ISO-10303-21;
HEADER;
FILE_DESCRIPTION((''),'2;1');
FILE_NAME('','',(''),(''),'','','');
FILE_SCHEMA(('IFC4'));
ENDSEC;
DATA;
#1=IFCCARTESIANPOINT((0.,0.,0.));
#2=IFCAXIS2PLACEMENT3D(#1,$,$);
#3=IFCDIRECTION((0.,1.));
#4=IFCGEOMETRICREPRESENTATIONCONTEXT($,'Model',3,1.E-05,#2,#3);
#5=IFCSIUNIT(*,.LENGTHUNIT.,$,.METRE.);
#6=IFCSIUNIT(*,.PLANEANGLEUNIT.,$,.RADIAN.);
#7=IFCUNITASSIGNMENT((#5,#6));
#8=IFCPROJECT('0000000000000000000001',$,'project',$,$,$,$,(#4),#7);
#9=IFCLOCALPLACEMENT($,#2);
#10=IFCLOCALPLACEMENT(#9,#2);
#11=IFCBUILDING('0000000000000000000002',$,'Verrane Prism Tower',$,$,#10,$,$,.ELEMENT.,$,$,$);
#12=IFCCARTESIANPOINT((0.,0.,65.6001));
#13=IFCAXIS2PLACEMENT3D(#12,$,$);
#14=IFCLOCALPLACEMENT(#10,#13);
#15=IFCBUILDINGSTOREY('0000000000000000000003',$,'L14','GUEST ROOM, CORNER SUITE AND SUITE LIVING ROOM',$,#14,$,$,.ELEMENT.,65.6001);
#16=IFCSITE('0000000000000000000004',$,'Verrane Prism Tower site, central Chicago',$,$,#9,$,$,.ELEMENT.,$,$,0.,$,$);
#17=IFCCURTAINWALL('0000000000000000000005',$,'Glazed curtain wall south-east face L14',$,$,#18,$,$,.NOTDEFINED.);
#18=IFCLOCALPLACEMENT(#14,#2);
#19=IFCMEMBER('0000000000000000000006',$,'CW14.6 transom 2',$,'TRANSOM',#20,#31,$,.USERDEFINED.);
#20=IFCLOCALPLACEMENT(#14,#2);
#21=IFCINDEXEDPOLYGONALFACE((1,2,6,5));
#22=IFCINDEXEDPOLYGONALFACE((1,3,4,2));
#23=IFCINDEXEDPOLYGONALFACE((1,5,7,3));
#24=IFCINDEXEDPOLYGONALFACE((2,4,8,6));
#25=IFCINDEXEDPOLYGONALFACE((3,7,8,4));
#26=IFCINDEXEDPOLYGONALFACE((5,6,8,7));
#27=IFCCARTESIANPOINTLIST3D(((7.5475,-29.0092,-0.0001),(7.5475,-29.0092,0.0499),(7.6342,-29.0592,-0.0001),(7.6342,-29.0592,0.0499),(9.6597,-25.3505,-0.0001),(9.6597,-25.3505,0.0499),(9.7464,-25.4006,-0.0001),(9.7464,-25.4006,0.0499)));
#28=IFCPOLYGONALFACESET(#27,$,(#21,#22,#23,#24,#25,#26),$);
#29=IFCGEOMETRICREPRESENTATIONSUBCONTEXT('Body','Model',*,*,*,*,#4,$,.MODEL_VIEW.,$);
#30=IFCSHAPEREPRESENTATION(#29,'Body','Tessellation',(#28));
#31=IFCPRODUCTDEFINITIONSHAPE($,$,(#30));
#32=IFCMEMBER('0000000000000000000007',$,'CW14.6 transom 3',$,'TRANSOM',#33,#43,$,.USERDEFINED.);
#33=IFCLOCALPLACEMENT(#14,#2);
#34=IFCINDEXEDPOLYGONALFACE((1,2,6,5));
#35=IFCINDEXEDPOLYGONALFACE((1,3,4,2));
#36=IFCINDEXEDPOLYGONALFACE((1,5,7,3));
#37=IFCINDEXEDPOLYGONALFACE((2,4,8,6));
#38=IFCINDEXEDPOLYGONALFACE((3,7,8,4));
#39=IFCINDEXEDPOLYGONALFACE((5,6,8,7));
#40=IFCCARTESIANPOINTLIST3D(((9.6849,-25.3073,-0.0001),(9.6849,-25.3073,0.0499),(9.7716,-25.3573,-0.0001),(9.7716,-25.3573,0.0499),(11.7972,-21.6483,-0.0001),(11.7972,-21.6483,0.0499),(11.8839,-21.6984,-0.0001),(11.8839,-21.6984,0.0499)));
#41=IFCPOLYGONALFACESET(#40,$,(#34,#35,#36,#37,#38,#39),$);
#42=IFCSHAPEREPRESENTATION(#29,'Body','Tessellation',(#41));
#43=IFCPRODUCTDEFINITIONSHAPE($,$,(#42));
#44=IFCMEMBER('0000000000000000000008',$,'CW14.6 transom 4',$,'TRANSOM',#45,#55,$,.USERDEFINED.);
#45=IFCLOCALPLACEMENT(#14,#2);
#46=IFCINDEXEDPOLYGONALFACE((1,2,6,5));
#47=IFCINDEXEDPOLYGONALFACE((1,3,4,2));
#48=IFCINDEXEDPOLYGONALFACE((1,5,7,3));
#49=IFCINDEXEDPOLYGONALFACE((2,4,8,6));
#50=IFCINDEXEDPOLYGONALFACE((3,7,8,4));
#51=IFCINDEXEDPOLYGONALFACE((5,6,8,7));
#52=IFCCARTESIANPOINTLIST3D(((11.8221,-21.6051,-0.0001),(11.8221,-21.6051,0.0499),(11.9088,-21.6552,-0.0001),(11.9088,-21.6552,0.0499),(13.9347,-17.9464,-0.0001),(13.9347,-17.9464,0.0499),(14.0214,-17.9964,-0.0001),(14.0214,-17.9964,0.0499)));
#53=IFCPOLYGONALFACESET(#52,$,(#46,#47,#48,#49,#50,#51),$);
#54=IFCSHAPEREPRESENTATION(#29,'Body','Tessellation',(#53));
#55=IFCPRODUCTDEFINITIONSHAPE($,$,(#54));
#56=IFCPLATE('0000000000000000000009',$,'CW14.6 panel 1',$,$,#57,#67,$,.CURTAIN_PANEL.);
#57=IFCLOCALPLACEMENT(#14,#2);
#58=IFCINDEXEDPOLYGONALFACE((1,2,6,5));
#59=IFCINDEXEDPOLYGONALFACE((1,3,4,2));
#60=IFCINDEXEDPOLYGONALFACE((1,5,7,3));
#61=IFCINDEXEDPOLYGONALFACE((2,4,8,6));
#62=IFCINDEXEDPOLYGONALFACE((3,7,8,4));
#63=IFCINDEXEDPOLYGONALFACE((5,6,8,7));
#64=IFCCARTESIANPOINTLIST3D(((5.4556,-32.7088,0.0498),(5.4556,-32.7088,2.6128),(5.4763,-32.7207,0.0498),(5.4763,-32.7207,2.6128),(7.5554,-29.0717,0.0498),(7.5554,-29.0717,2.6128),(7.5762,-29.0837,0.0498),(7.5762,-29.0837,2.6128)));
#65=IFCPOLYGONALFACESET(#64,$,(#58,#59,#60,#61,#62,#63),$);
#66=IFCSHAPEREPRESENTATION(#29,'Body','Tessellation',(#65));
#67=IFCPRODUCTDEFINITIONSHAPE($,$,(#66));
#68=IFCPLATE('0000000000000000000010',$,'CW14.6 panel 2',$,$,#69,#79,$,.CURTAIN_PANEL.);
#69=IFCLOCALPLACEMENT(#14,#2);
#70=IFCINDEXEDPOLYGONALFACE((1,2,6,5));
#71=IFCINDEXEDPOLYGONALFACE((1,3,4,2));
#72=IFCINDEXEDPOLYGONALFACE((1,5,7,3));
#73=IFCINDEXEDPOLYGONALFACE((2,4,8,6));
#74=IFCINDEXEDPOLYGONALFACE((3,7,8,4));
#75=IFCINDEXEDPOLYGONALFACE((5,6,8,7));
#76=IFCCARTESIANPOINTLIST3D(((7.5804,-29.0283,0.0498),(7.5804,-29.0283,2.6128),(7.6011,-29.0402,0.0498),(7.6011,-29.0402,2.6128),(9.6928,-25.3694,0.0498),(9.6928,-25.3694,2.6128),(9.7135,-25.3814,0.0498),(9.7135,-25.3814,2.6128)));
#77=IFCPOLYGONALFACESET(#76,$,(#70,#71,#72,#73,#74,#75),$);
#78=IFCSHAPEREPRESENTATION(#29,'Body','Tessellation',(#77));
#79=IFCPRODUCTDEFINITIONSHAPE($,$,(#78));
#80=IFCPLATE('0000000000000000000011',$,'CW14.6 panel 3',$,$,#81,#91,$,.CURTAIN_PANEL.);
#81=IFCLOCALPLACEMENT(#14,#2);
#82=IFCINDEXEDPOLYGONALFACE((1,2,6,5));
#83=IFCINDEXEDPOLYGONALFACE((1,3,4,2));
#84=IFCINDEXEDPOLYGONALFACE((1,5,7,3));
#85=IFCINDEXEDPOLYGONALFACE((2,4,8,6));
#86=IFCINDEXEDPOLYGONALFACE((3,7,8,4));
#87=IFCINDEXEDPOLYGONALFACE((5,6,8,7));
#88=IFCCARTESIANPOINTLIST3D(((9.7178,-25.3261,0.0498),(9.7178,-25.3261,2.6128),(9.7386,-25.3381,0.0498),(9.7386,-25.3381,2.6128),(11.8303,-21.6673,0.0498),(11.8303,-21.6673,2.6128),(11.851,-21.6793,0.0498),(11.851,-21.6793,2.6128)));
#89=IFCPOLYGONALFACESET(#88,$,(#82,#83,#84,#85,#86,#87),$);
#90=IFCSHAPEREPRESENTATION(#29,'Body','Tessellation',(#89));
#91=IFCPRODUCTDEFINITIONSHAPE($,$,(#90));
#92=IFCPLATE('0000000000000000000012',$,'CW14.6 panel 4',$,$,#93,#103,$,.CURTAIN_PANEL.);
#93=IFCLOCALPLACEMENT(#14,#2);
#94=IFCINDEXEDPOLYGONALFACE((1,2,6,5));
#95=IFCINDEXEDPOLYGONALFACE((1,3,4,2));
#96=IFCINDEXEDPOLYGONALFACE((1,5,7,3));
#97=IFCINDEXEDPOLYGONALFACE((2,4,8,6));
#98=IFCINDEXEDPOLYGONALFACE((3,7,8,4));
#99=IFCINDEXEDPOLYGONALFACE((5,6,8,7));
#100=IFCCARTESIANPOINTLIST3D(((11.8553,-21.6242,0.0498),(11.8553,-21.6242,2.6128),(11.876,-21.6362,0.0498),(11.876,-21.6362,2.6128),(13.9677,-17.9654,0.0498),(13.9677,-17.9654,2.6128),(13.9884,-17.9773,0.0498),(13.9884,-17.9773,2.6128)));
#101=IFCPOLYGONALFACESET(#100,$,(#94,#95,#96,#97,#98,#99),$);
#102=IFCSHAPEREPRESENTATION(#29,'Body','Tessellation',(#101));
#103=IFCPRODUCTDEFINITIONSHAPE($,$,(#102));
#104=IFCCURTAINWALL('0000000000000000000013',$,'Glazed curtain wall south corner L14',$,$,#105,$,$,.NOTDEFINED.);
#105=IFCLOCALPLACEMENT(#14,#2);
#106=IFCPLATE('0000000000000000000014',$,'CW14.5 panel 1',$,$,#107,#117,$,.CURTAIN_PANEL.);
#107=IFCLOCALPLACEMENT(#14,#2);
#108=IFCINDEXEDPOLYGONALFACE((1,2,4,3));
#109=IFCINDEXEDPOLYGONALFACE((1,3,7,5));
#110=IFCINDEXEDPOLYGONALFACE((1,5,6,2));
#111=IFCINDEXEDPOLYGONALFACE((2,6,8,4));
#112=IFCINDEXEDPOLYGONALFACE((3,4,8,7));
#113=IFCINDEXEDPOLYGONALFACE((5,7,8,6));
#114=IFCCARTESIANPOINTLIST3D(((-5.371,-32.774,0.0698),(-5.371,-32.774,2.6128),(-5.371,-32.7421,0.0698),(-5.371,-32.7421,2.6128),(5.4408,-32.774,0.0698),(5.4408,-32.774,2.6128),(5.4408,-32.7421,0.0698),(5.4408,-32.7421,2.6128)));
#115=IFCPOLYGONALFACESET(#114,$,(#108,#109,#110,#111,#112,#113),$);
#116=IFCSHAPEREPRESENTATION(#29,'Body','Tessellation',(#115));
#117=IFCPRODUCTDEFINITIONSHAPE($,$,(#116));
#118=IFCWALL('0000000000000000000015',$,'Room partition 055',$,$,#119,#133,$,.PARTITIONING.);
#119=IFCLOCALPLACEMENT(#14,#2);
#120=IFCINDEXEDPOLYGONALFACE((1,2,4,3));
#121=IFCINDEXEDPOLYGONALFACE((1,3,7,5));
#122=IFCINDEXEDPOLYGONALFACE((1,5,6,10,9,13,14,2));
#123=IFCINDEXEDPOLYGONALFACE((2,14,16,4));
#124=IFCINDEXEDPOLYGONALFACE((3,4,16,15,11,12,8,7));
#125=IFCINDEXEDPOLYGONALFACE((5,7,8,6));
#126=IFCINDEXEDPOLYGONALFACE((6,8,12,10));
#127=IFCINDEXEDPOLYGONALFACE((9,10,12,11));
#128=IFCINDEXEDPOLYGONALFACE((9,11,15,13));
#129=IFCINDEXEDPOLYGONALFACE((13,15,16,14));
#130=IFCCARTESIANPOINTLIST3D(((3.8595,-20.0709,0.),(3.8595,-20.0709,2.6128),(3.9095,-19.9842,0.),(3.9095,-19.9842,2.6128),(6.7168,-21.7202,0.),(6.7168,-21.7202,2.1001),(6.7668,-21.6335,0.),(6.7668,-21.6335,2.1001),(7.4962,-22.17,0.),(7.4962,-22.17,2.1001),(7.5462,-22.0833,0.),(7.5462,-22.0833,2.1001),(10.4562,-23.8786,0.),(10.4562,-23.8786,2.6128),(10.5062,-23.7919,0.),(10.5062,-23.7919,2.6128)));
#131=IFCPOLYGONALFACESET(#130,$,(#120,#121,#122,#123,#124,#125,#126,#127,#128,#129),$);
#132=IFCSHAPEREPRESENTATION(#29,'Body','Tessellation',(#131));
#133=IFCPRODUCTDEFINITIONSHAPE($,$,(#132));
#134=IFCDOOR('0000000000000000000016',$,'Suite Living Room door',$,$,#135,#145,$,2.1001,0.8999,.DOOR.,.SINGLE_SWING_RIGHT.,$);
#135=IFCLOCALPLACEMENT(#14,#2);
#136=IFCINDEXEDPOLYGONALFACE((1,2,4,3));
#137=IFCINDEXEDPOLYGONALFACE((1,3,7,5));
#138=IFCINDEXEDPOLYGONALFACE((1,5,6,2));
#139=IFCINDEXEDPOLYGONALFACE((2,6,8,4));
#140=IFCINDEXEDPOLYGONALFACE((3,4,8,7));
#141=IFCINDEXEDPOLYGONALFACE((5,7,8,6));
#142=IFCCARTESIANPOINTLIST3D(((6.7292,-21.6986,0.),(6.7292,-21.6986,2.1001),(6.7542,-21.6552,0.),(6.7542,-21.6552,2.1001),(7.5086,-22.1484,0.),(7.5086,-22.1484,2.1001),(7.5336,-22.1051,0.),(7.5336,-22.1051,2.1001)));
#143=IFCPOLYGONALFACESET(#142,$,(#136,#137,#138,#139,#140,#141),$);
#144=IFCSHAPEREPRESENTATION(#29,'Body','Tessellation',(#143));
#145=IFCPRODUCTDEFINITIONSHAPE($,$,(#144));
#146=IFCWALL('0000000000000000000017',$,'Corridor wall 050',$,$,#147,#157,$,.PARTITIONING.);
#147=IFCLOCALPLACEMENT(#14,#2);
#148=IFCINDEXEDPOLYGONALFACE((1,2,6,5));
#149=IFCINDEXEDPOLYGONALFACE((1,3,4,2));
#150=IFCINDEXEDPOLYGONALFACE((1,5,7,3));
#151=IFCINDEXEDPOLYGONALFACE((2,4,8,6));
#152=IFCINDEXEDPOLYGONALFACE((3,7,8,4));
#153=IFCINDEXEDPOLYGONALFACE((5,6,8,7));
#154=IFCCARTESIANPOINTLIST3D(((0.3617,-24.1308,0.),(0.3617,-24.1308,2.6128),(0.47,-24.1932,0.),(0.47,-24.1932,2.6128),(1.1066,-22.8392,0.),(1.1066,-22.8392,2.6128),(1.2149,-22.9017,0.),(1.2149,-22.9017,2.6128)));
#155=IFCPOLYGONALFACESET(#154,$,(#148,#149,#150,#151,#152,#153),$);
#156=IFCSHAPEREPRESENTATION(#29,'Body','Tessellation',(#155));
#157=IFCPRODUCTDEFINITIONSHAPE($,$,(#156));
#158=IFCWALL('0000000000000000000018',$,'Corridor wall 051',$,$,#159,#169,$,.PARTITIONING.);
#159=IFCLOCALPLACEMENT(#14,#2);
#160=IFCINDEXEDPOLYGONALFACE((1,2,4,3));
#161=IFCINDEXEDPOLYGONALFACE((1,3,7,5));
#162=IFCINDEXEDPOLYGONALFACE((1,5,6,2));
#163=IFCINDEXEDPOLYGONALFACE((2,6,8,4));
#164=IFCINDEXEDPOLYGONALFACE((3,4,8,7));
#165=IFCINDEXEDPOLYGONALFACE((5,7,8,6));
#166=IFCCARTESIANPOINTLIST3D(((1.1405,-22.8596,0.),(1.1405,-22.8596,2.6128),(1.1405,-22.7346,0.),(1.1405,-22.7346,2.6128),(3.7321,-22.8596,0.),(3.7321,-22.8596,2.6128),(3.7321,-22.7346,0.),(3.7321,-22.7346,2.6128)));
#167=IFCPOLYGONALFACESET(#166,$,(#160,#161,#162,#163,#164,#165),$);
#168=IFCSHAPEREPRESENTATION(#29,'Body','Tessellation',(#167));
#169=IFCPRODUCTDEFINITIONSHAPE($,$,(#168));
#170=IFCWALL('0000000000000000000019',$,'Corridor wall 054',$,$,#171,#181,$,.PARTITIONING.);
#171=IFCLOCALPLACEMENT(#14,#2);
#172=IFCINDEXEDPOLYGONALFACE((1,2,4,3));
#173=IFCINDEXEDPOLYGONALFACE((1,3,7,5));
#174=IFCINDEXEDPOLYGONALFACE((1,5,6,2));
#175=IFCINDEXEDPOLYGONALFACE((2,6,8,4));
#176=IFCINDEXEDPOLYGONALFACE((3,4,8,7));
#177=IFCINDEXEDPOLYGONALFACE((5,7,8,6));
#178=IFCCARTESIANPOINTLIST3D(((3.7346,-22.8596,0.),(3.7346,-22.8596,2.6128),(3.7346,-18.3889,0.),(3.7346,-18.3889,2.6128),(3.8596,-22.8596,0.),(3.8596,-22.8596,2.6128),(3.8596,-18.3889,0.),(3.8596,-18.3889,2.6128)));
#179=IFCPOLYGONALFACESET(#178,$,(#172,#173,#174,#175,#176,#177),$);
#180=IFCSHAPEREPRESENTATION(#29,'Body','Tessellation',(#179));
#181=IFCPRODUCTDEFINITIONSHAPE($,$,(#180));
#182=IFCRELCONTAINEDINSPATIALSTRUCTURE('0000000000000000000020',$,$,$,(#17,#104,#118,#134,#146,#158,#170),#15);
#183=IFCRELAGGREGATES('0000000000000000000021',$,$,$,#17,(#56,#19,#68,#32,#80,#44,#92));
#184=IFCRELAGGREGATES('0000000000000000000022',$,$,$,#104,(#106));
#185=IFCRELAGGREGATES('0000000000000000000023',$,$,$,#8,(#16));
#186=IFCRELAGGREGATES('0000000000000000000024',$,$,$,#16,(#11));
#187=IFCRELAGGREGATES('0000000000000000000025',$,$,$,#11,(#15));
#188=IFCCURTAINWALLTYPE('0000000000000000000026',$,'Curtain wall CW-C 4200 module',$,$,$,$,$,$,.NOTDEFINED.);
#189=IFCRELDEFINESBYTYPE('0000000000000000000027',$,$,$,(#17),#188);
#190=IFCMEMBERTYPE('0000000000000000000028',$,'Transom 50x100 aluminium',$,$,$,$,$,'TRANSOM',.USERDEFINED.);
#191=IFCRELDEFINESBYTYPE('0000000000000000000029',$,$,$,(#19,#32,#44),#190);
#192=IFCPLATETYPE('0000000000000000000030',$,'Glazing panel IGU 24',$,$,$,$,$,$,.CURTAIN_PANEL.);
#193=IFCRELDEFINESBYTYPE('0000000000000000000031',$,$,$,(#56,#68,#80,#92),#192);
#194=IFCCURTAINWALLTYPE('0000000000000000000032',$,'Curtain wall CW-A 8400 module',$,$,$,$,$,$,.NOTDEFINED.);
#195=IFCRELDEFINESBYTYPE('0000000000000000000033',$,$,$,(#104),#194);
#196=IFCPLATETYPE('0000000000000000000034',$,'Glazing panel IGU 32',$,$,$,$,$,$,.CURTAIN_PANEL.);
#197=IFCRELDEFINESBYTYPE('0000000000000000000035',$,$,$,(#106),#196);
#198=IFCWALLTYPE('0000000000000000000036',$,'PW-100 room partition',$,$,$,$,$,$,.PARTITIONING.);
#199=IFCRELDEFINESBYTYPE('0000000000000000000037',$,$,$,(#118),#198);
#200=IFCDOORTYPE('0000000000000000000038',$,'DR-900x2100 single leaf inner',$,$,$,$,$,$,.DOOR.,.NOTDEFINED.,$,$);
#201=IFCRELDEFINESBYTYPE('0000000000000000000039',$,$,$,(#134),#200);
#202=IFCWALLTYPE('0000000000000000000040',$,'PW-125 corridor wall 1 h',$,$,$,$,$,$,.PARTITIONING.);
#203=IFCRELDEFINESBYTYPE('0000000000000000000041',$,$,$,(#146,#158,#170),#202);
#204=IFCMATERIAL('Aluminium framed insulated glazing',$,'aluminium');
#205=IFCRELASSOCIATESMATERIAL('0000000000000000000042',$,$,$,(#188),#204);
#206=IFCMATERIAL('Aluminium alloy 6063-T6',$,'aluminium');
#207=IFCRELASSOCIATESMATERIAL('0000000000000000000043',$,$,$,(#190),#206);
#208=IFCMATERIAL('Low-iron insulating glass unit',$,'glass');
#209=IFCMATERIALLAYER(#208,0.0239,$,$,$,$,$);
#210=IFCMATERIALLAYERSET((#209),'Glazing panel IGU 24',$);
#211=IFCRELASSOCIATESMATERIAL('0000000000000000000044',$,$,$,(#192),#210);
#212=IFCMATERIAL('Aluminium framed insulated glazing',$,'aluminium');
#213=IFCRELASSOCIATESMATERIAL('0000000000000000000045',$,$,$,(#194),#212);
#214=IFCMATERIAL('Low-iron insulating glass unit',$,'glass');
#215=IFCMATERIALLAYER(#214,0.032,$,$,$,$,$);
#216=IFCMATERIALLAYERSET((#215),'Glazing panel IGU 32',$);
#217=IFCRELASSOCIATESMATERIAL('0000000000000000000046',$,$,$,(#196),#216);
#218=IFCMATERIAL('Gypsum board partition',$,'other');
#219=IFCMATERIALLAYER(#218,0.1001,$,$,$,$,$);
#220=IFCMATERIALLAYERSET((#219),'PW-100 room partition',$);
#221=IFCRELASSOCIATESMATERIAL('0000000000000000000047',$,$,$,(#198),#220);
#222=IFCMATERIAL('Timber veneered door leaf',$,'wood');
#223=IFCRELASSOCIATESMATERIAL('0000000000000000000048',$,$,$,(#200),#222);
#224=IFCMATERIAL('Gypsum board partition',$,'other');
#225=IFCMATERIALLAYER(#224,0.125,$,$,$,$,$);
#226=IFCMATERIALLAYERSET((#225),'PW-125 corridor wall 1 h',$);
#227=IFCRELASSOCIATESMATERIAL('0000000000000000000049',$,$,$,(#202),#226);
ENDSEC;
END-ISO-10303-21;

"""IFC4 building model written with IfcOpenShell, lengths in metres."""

from ifc_helpers import new_model, si_unit, direction, frame, frame_2d, origin, origin_2d, place, context, subcontext, project, spatial, rectangle, extrude, material, layer, layer_set, material_profile, profile_set, type_object, element, fill, aggregate, save


model = new_model("IFC4")

# Units and contexts
model_context = context("Model", 3, precision=1e-05, world=origin(), true_north=direction((0.0, 1.0)))
body_context = subcontext(model_context, "Body", "Model", "MODEL_VIEW")
ifc_project = project(units=[si_unit("LENGTHUNIT", "METRE"), si_unit("PLANEANGLEUNIT", "RADIAN")], contexts=[model_context])

# Site, building, storey
site_placement = place(None, origin())
site = spatial("IfcSite", under=ifc_project, at=site_placement, Name="Verrane Prism Tower site, central Chicago", CompositionType="ELEMENT", RefElevation=0.0)
building_placement = place(site_placement, origin())
building = spatial("IfcBuilding", under=site, at=building_placement, Name="Verrane Prism Tower", CompositionType="ELEMENT")
storey_placement = place(building_placement, frame((0.0, 0.0, 65.6001)))
storey = spatial("IfcBuildingStorey", under=building, at=storey_placement, Name="L14", Description="GUEST ROOM, CORNER SUITE AND SUITE LIVING ROOM", CompositionType="ELEMENT", Elevation=65.6001)

# Curtain wall
ifc_material_1 = material(Name="Aluminium framed insulated glazing", Category="aluminium")
curtain_wall_type_1 = type_object("IfcCurtainWallType", Name="Curtain wall CW-C 4200 module", PredefinedType="NOTDEFINED", material=ifc_material_1)
curtain_wall_1_placement = place(storey_placement, origin())
curtain_wall_1 = element("IfcCurtainWall", 1, at=curtain_wall_1_placement, inside=storey, type_object=curtain_wall_type_1, Name="Glazed curtain wall south-east face L14", PredefinedType="NOTDEFINED")

# Members
ifc_material_2 = material(Name="Aluminium alloy 6063-T6", Category="aluminium")
ifc_material_profile_1 = material_profile(ifc_material_2, rectangle(XDim=0.1001, YDim=0.05, at=origin_2d()), Name="Transom 50x100 aluminium")
ifc_profile_set_1 = profile_set([ifc_material_profile_1], Name="Aluminium alloy 6063-T6")
member_type_1 = type_object("IfcMemberType", Name="Transom 50x100 aluminium", ElementType="TRANSOM", PredefinedType="USERDEFINED", material=ifc_profile_set_1)
member_1_placement = place(storey_placement, frame((7.5908, -29.0342, 0.0249), z_axis=(0.499993, 0.86603, 0.0), x_axis=(-0.86603, 0.499993, 0.0)))
member_1 = element("IfcMember", 2, at=member_1_placement, type_object=member_type_1, Name="CW14.6 transom 2", ObjectType="TRANSOM", PredefinedType="USERDEFINED", context=body_context, shape_type="SweptSolid", body=[
    extrude(rectangle(XDim=0.1001, YDim=0.05, at=origin_2d()), origin(), (0.0, 0.0, 1.0), 4.2246),
])
member_2_placement = place(storey_placement, frame((9.7283, -25.3323, 0.0249), z_axis=(0.499968, 0.866044, 0.0), x_axis=(-0.866044, 0.499968, 0.0)))
member_2 = element("IfcMember", 3, at=member_2_placement, type_object=member_type_1, Name="CW14.6 transom 3", ObjectType="TRANSOM", PredefinedType="USERDEFINED", context=body_context, shape_type="SweptSolid", body=[
    extrude(rectangle(XDim=0.1001, YDim=0.05, at=origin_2d()), origin(), (0.0, 0.0, 1.0), 4.2249),
])
member_3_placement = place(storey_placement, frame((11.8655, -21.6301, 0.0249), z_axis=(0.500036, 0.866005, 0.0), x_axis=(-0.866005, 0.500036, 0.0)))
member_3 = element("IfcMember", 4, at=member_3_placement, type_object=member_type_1, Name="CW14.6 transom 4", ObjectType="TRANSOM", PredefinedType="USERDEFINED", context=body_context, shape_type="SweptSolid", body=[
    extrude(rectangle(XDim=0.1001, YDim=0.05, at=origin_2d()), origin(), (0.0, 0.0, 1.0), 4.2249),
])

# Plates
ifc_material_3 = material(Name="Low-iron insulating glass unit", Category="glass")
ifc_layer_1 = layer(ifc_material_3, 0.0239)
ifc_layer_set_1 = layer_set([ifc_layer_1], Name="Glazing panel IGU 24")
plate_type_1 = type_object("IfcPlateType", Name="Glazing panel IGU 24", PredefinedType="CURTAIN_PANEL", material=ifc_layer_set_1)
plate_1_placement = place(storey_placement, frame((6.5159, -30.8962, 0.0498), z_axis=(0.0, 0.0, 1.0), x_axis=(0.5, 0.866025, 0.0)))
plate_1 = element("IfcPlate", 5, at=plate_1_placement, type_object=plate_type_1, Name="CW14.6 panel 1", PredefinedType="CURTAIN_PANEL", context=body_context, shape_type="SweptSolid", body=[
    extrude(rectangle(XDim=4.1997, YDim=0.0239, at=origin_2d()), origin(), (0.0, 0.0, 1.0), 2.563),
])
plate_2_placement = place(storey_placement, frame((8.647, -27.2048, 0.0498), z_axis=(0.0, 0.0, 1.0), x_axis=(0.5, 0.866025, 0.0)))
plate_2 = element("IfcPlate", 6, at=plate_2_placement, type_object=plate_type_1, Name="CW14.6 panel 2", PredefinedType="CURTAIN_PANEL", context=body_context, shape_type="SweptSolid", body=[
    extrude(rectangle(XDim=4.2249, YDim=0.0239, at=origin_2d()), origin(), (0.0, 0.0, 1.0), 2.563),
])
plate_3_placement = place(storey_placement, frame((10.7844, -23.5027, 0.0498), z_axis=(0.0, 0.0, 1.0), x_axis=(0.5, 0.866025, 0.0)))
plate_3 = element("IfcPlate", 7, at=plate_3_placement, type_object=plate_type_1, Name="CW14.6 panel 3", PredefinedType="CURTAIN_PANEL", context=body_context, shape_type="SweptSolid", body=[
    extrude(rectangle(XDim=4.2249, YDim=0.0239, at=origin_2d()), origin(), (0.0, 0.0, 1.0), 2.563),
])
plate_4_placement = place(storey_placement, frame((12.9219, -19.8008, 0.0498), z_axis=(0.0, 0.0, 1.0), x_axis=(0.5, 0.866025, 0.0)))
plate_4 = element("IfcPlate", 8, at=plate_4_placement, type_object=plate_type_1, Name="CW14.6 panel 4", PredefinedType="CURTAIN_PANEL", context=body_context, shape_type="SweptSolid", body=[
    extrude(rectangle(XDim=4.2249, YDim=0.0239, at=origin_2d()), origin(), (0.0, 0.0, 1.0), 2.563),
])
aggregate(curtain_wall_1, [plate_1, member_1, plate_2, member_2, plate_3, member_3, plate_4])

# Curtain wall, plate
ifc_material_4 = material(Name="Aluminium framed insulated glazing", Category="aluminium")
curtain_wall_type_2 = type_object("IfcCurtainWallType", Name="Curtain wall CW-A 8400 module", PredefinedType="NOTDEFINED", material=ifc_material_4)
curtain_wall_2_placement = place(storey_placement, origin())
curtain_wall_2 = element("IfcCurtainWall", 9, at=curtain_wall_2_placement, inside=storey, type_object=curtain_wall_type_2, Name="Glazed curtain wall south corner L14", PredefinedType="NOTDEFINED")
ifc_material_5 = material(Name="Low-iron insulating glass unit", Category="glass")
ifc_layer_2 = layer(ifc_material_5, 0.032)
ifc_layer_set_2 = layer_set([ifc_layer_2], Name="Glazing panel IGU 32")
plate_type_2 = type_object("IfcPlateType", Name="Glazing panel IGU 32", PredefinedType="CURTAIN_PANEL", material=ifc_layer_set_2)
plate_5_placement = place(storey_placement, frame((0.0349, -32.7581, 0.0698), z_axis=(0.0, 0.0, 1.0), x_axis=(1.0, 0.0, 0.0)))
plate_5 = element("IfcPlate", 10, at=plate_5_placement, type_object=plate_type_2, Name="CW14.5 panel 1", PredefinedType="CURTAIN_PANEL", context=body_context, shape_type="SweptSolid", body=[
    extrude(rectangle(XDim=10.8118, YDim=0.032, at=origin_2d()), origin(), (0.0, 0.0, 1.0), 2.543),
])
aggregate(curtain_wall_2, [plate_5])

# Wall, opening, door
ifc_material_6 = material(Name="Gypsum board partition", Category="other")
ifc_layer_3 = layer(ifc_material_6, 0.1001)
ifc_layer_set_3 = layer_set([ifc_layer_3], Name="PW-100 room partition")
wall_type_1 = type_object("IfcWallType", Name="PW-100 room partition", PredefinedType="PARTITIONING", material=ifc_layer_set_3)
wall_1_placement = place(storey_placement, frame((3.8845, -20.0276, 0.0), z_axis=(0.0, 0.0, 1.0), x_axis=(0.866081, -0.499904, 0.0)))
wall_1 = element("IfcWall", 11, at=wall_1_placement, inside=storey, type_object=wall_type_1, Name="Room partition 055", PredefinedType="PARTITIONING", context=body_context, shape_type="SweptSolid", body=[
    extrude(rectangle(XDim=7.6167, YDim=0.1001, at=frame_2d((3.8083, 0.0))), origin(), (0.0, 0.0, 1.0), 2.6128),
])
opening_placement = place(wall_1_placement, frame((3.2991, 0.0, 0.0)))
opening = element("IfcOpeningElement", 12, at=opening_placement, cuts=wall_1, PredefinedType="OPENING", context=body_context, shape_type="SweptSolid", body=[
    extrude(rectangle(XDim=0.8999, YDim=2.1001, at=frame_2d((0.45, 1.05))), frame((0.0, 0.0601, 0.0), z_axis=(0.0, -1.0, 0.0), x_axis=(1.0, 0.0, 0.0)), (0.0, 0.0, 1.0), 0.1201),
])
ifc_material_7 = material(Name="Timber veneered door leaf", Category="wood")
door_type = type_object("IfcDoorType", Name="DR-900x2100 single leaf inner", OperationType="NOTDEFINED", PredefinedType="DOOR", material=ifc_material_7)
door_placement = place(opening_placement, origin())
door = element("IfcDoor", 13, at=door_placement, inside=storey, type_object=door_type, Name="Suite Living Room door", OperationType="SINGLE_SWING_RIGHT", OverallHeight=2.1001, OverallWidth=0.8999, PredefinedType="DOOR", context=body_context, shape_type="SweptSolid", body=[
    extrude(rectangle(XDim=0.8999, YDim=2.1001, at=frame_2d((0.45, 1.05))), frame((0.0, 0.0249, 0.0), z_axis=(0.0, -1.0, 0.0), x_axis=(1.0, 0.0, 0.0)), (0.0, 0.0, 1.0), 0.05),
])
fill(opening, door)

# Walls
ifc_material_8 = material(Name="Gypsum board partition", Category="other")
ifc_layer_4 = layer(ifc_material_8, 0.125)
ifc_layer_set_4 = layer_set([ifc_layer_4], Name="PW-125 corridor wall 1 h")
wall_type_2 = type_object("IfcWallType", Name="PW-125 corridor wall 1 h", PredefinedType="PARTITIONING", material=ifc_layer_set_4)
wall_2_placement = place(storey_placement, frame((0.4158, -24.1621, 0.0), z_axis=(0.0, 0.0, 1.0), x_axis=(0.499609, 0.866251, 0.0)))
element("IfcWall", 14, at=wall_2_placement, inside=storey, type_object=wall_type_2, Name="Corridor wall 050", PredefinedType="PARTITIONING", context=body_context, shape_type="SweptSolid", body=[
    extrude(rectangle(XDim=1.491, YDim=0.125, at=frame_2d((0.7456, 0.0))), origin(), (0.0, 0.0, 1.0), 2.6128),
])
wall_3_placement = place(storey_placement, frame((1.1404, -22.7971, 0.0), z_axis=(0.0, 0.0, 1.0), x_axis=(1.0, 0.0, 0.0)))
element("IfcWall", 15, at=wall_3_placement, inside=storey, type_object=wall_type_2, Name="Corridor wall 051", PredefinedType="PARTITIONING", context=body_context, shape_type="SweptSolid", body=[
    extrude(rectangle(XDim=2.5916, YDim=0.125, at=frame_2d((1.2959, 0.0))), origin(), (0.0, 0.0, 1.0), 2.6128),
])
wall_4_placement = place(storey_placement, frame((3.7971, -22.8596, 0.0), z_axis=(0.0, 0.0, 1.0), x_axis=(0.0, 1.0, 0.0)))
element("IfcWall", 16, at=wall_4_placement, inside=storey, type_object=wall_type_2, Name="Corridor wall 054", PredefinedType="PARTITIONING", context=body_context, shape_type="SweptSolid", body=[
    extrude(rectangle(XDim=4.4707, YDim=0.125, at=frame_2d((2.2354, 0.0))), origin(), (0.0, 0.0, 1.0), 2.6128),
])

save(model, "model.ifc")
